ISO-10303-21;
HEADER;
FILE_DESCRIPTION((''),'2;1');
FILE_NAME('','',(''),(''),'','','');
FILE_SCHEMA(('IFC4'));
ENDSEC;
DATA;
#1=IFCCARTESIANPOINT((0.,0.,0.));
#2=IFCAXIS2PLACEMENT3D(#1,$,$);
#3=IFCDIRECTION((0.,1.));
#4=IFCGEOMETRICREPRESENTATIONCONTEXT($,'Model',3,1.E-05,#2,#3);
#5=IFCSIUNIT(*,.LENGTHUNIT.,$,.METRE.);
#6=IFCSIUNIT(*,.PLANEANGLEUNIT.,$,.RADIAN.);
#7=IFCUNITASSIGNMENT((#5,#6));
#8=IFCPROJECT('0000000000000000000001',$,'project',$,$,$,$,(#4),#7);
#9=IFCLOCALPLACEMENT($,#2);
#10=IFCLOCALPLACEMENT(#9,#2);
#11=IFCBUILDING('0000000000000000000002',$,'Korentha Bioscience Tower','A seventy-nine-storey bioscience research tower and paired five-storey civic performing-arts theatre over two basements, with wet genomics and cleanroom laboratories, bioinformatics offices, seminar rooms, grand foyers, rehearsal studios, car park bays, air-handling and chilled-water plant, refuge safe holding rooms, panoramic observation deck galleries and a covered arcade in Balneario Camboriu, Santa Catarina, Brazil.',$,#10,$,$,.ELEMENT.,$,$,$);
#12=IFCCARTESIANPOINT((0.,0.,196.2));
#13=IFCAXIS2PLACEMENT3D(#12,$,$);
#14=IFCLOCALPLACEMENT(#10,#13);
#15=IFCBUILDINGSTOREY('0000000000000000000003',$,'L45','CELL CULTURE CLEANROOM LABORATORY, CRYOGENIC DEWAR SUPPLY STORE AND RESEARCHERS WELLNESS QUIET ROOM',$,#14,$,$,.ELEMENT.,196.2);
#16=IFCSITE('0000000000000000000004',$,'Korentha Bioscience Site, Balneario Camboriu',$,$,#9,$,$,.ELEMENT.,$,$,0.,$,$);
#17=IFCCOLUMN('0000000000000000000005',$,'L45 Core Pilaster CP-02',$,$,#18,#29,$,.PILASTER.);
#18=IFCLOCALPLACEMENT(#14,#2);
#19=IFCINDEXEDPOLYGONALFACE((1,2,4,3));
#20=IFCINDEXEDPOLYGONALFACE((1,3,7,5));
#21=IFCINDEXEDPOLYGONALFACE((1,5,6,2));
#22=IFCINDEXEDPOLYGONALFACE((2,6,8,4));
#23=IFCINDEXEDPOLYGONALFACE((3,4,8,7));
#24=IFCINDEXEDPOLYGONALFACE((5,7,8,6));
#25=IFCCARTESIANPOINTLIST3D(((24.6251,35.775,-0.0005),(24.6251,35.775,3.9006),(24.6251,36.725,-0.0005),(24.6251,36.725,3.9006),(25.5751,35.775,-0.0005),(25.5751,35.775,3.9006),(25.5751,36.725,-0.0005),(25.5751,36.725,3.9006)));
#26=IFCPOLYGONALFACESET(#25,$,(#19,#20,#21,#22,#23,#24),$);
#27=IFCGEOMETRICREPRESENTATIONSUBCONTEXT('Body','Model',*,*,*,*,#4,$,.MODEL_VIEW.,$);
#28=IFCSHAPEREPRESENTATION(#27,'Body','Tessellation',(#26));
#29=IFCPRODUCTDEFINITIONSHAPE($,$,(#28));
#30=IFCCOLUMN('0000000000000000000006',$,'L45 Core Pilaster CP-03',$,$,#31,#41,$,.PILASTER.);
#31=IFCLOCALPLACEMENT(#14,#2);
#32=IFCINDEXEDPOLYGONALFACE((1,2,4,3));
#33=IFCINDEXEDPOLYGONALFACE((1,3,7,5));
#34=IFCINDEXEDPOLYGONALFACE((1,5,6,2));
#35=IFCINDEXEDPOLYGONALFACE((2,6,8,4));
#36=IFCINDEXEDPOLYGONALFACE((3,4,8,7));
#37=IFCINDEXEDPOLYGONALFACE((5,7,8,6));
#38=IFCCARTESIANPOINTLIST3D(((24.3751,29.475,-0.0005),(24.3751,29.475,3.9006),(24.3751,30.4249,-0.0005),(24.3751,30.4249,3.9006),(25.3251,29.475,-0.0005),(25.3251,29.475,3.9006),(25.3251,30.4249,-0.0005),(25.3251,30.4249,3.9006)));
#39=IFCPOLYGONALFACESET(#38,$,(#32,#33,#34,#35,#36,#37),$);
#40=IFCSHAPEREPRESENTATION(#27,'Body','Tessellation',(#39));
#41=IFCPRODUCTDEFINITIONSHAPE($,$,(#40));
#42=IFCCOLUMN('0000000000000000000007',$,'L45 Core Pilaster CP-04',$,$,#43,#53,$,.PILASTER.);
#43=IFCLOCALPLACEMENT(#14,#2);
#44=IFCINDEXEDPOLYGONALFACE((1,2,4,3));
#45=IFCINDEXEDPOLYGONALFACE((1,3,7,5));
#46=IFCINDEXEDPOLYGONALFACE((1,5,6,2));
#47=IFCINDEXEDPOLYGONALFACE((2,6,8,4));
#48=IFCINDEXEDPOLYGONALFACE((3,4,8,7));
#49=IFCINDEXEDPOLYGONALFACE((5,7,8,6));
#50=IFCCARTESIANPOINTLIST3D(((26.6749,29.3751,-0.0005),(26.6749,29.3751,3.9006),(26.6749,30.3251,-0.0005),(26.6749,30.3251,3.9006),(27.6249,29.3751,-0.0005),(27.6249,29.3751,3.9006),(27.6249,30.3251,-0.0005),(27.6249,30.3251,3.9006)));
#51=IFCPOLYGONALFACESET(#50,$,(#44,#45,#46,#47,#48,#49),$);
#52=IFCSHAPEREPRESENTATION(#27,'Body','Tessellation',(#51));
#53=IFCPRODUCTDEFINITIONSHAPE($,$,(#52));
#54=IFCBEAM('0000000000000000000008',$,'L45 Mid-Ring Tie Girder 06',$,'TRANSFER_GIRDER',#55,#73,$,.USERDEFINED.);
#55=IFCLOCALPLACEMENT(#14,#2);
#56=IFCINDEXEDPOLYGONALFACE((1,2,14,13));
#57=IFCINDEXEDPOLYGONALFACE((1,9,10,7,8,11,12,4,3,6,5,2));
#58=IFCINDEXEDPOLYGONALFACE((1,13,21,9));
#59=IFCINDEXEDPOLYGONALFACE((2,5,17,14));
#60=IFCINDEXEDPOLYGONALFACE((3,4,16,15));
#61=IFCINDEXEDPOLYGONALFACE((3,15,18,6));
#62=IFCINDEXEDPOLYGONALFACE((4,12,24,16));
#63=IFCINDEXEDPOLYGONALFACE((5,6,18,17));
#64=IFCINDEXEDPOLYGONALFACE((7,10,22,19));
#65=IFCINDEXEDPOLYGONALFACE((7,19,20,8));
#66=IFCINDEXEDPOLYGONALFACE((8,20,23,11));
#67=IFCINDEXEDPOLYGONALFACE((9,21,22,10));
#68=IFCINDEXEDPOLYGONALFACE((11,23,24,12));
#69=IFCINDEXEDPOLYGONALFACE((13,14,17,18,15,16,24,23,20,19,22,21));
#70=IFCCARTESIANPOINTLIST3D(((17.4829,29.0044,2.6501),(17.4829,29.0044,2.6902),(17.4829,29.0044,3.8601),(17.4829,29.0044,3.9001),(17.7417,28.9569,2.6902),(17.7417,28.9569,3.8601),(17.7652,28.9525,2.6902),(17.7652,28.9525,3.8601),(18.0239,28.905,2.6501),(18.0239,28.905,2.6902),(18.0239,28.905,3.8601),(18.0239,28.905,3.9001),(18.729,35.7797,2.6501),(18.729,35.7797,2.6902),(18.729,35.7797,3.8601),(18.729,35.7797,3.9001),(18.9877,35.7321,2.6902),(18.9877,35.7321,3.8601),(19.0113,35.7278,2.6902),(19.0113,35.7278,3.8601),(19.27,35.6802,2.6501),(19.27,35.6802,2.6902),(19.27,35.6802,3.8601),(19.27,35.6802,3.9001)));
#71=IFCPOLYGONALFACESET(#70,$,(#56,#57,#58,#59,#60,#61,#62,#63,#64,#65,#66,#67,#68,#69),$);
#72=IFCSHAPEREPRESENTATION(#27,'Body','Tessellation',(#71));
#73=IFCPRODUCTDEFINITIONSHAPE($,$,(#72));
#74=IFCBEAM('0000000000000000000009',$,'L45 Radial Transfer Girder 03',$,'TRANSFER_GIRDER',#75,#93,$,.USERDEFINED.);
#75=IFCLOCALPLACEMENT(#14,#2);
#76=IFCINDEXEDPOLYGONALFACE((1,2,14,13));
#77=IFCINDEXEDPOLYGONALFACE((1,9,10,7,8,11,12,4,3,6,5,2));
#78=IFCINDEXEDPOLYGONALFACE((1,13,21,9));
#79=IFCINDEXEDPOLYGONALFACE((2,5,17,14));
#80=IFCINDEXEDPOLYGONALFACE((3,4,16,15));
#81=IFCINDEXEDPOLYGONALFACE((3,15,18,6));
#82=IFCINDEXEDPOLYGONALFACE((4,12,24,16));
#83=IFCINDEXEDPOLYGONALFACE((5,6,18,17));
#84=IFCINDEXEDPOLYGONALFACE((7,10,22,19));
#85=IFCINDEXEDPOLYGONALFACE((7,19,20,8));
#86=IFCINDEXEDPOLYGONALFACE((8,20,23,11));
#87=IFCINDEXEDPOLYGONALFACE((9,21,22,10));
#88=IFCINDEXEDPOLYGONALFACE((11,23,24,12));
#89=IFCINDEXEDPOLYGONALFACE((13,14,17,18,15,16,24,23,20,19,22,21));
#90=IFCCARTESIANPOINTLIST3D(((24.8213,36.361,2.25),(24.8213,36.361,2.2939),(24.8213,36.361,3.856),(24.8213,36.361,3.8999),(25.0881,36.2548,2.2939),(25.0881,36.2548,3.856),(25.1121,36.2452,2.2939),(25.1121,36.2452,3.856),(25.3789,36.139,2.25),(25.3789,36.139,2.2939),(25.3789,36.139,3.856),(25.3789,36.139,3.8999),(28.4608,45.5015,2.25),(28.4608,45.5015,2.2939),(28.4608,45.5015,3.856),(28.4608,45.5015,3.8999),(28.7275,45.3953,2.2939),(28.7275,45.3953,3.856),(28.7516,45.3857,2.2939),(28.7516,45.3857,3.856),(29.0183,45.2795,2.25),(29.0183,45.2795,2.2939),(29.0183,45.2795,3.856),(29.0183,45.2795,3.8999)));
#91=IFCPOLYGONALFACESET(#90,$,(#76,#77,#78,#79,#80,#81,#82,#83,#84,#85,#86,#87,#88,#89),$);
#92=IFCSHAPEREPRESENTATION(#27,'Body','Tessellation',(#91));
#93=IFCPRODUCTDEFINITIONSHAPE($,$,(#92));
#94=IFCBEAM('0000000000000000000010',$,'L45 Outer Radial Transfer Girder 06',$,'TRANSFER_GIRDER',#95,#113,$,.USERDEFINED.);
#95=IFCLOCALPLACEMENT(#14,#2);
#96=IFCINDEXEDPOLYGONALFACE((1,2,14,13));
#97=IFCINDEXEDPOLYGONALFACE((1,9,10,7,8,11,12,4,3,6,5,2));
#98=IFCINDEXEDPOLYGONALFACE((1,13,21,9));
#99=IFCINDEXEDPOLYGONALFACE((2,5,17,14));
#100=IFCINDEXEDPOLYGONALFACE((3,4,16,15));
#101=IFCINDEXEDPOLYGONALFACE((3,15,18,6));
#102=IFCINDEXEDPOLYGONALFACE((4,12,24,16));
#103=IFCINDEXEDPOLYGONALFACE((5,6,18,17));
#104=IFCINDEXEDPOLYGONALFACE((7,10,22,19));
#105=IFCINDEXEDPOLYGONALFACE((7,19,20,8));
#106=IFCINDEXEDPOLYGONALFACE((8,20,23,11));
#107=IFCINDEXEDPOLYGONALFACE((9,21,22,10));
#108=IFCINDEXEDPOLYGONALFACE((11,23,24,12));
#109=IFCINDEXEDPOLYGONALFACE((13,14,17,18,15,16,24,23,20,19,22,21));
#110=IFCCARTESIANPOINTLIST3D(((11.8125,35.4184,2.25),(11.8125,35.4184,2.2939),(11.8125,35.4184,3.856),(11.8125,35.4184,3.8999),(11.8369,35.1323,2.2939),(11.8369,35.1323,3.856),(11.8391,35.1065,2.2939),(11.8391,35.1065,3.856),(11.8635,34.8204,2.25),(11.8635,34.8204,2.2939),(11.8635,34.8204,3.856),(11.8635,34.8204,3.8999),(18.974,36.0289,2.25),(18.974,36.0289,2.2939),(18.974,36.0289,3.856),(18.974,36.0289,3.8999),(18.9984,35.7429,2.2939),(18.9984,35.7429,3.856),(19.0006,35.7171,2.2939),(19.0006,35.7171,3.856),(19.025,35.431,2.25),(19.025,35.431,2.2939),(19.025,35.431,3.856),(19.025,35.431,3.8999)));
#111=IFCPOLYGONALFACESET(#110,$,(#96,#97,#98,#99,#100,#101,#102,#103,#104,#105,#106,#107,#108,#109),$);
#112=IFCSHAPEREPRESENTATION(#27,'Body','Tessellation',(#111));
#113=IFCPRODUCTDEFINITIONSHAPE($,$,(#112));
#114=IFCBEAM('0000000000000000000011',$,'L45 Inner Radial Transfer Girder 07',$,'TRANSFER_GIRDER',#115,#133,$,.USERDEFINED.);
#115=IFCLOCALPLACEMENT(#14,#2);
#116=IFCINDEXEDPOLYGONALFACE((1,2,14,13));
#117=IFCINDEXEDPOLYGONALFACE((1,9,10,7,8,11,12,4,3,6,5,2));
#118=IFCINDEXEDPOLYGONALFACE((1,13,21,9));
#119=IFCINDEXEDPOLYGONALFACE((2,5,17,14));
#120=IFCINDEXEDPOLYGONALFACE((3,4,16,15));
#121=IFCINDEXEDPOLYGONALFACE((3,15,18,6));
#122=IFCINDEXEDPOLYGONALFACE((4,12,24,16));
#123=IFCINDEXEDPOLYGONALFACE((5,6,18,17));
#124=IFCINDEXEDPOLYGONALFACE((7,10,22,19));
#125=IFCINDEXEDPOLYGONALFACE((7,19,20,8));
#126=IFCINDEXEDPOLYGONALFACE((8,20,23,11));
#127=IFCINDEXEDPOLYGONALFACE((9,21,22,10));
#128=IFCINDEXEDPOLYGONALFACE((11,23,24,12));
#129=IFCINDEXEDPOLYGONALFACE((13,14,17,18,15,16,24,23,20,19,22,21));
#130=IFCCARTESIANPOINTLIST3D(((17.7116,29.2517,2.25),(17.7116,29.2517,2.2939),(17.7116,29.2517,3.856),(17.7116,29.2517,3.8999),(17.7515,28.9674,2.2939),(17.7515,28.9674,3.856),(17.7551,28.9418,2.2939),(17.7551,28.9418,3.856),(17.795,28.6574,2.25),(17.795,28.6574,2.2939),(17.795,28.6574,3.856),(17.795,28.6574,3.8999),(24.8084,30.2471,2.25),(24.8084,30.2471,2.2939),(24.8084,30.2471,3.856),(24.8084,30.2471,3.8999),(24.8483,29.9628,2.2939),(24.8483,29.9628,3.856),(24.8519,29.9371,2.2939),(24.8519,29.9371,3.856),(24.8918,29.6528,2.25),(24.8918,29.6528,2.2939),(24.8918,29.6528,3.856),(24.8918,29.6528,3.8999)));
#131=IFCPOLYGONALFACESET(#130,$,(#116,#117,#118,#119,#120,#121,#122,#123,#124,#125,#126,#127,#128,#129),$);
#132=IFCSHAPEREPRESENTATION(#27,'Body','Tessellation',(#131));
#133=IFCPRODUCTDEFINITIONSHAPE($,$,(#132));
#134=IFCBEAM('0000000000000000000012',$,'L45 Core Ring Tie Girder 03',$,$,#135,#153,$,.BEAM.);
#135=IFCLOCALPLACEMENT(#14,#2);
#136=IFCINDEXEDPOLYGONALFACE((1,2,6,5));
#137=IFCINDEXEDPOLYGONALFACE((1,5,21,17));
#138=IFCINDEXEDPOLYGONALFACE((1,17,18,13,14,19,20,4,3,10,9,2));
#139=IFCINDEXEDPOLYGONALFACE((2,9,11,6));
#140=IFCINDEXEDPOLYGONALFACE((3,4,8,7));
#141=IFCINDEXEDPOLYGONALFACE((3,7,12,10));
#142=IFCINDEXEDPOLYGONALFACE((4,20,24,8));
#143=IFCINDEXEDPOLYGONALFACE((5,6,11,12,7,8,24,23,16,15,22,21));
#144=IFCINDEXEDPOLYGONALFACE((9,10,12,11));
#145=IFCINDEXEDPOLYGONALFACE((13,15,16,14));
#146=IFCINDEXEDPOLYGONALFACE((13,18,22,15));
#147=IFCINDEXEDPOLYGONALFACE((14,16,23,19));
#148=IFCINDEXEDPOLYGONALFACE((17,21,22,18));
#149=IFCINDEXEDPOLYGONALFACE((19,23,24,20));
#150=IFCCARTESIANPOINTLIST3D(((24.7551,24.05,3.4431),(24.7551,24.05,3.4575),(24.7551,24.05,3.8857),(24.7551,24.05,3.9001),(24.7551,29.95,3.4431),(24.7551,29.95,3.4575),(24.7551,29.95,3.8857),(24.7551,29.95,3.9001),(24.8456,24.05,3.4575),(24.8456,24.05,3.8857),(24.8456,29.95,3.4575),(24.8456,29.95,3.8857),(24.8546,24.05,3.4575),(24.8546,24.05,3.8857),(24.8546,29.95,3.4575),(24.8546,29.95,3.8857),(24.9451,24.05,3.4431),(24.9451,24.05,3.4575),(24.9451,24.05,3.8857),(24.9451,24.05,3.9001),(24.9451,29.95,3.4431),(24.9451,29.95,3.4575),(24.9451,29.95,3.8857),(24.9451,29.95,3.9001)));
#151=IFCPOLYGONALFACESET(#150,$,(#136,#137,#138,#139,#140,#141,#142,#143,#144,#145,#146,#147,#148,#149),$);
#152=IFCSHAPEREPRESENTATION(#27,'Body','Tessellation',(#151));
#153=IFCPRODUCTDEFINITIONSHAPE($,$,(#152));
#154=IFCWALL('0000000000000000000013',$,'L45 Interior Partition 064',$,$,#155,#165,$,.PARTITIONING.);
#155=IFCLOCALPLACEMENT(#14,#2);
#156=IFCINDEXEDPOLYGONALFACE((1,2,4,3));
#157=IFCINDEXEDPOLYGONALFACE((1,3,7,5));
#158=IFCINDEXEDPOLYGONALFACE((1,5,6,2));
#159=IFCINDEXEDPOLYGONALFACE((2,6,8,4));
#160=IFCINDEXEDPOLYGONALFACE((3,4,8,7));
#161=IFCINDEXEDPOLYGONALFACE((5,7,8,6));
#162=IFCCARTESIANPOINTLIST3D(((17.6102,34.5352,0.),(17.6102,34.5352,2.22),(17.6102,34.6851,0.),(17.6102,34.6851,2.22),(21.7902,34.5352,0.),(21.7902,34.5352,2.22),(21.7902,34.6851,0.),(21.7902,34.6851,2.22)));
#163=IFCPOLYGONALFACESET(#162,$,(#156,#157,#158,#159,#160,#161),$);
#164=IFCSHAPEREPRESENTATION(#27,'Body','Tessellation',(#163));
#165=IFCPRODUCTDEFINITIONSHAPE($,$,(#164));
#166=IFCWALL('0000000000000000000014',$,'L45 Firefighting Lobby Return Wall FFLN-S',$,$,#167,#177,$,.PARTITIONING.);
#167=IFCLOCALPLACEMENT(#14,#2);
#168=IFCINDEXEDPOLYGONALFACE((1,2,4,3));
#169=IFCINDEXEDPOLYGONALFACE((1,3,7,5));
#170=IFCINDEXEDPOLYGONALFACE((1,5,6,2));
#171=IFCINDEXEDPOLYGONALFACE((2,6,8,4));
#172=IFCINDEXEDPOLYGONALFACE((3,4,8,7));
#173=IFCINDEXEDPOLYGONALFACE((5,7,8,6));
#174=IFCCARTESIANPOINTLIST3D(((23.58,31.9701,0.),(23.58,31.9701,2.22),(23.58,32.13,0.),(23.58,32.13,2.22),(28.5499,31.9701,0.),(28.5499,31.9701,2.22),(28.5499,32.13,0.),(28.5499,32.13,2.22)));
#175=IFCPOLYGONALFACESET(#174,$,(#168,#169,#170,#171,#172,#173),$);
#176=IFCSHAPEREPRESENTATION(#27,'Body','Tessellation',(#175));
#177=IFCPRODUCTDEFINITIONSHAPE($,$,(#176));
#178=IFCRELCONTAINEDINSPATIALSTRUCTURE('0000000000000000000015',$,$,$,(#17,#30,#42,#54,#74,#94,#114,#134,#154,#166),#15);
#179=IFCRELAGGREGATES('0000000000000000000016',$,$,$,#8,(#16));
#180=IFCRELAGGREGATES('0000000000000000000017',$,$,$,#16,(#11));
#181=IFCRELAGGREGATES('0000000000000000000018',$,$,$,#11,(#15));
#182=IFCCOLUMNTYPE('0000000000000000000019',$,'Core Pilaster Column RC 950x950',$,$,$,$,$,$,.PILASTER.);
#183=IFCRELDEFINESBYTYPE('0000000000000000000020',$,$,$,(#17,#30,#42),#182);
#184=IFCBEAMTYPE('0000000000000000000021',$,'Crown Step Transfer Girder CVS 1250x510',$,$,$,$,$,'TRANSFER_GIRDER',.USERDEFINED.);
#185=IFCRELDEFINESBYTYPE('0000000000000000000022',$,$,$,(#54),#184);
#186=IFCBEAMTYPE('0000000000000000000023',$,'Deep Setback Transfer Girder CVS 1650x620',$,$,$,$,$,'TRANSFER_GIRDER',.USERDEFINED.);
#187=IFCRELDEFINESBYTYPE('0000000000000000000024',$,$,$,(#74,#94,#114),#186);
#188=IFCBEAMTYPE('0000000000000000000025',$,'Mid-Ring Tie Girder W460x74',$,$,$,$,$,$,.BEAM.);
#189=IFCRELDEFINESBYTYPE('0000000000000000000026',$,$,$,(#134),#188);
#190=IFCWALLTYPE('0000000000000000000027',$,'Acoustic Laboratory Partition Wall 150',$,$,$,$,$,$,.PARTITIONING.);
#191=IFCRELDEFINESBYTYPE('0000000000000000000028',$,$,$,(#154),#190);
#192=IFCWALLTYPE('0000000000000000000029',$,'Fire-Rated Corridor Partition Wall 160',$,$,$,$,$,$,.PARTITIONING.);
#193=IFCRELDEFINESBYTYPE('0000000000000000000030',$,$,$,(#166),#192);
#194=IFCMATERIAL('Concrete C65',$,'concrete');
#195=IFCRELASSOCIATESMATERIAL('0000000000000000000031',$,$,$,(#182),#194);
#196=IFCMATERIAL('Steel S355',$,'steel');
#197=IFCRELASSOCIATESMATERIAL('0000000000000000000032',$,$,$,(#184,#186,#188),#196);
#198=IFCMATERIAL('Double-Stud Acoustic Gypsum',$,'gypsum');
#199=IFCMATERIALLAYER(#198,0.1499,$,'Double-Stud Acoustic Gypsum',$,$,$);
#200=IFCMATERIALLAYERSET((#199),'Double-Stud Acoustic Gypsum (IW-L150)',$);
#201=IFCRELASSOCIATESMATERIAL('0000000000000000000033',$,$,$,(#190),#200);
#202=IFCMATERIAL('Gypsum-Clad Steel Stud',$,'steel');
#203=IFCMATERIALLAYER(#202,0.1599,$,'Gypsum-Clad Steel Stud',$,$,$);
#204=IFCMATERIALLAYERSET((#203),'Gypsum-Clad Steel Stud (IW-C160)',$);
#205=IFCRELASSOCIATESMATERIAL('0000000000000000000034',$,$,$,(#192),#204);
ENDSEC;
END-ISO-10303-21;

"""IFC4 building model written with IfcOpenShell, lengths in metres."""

from ifc_helpers import new_model, si_unit, direction, frame, frame_2d, origin, origin_2d, place, context, subcontext, project, spatial, rectangle, i_section, extrude, material, layer, layer_set, material_profile, profile_set, type_object, element, save


model = new_model("IFC4")

# Units and contexts
model_context = context("Model", 3, precision=1e-05, world=origin(), true_north=direction((0.0, 1.0)))
body_context = subcontext(model_context, "Body", "Model", "MODEL_VIEW")
ifc_project = project(units=[si_unit("LENGTHUNIT", "METRE"), si_unit("PLANEANGLEUNIT", "RADIAN")], contexts=[model_context])

# Site, building, storey
site_placement = place(None, origin())
site = spatial("IfcSite", under=ifc_project, at=site_placement, Name="Korentha Bioscience Site, Balneario Camboriu", CompositionType="ELEMENT", RefElevation=0.0)
building_placement = place(site_placement, origin())
building = spatial("IfcBuilding", under=site, at=building_placement, Name="Korentha Bioscience Tower", Description="A seventy-nine-storey bioscience research tower and paired five-storey civic performing-arts theatre over two basements, with wet genomics and cleanroom laboratories, bioinformatics offices, seminar rooms, grand foyers, rehearsal studios, car park bays, air-handling and chilled-water plant, refuge safe holding rooms, panoramic observation deck galleries and a covered arcade in Balneario Camboriu, Santa Catarina, Brazil.", CompositionType="ELEMENT")
storey_placement = place(building_placement, frame((0.0, 0.0, 196.2)))
storey = spatial("IfcBuildingStorey", under=building, at=storey_placement, Name="L45", Description="CELL CULTURE CLEANROOM LABORATORY, CRYOGENIC DEWAR SUPPLY STORE AND RESEARCHERS WELLNESS QUIET ROOM", CompositionType="ELEMENT", Elevation=196.2)

# Columns
ifc_material_1 = material(Name="Concrete C65", Category="concrete")
ifc_material_profile_1 = material_profile(ifc_material_1, rectangle(XDim=0.95, YDim=0.95, at=origin_2d()), Name="Concrete C65")
ifc_profile_set_1 = profile_set([ifc_material_profile_1], Name="Concrete C65 (COL-CP09)")
column_type = type_object("IfcColumnType", Name="Core Pilaster Column RC 950x950", PredefinedType="PILASTER", material=ifc_profile_set_1)
for number, where, z_axis, x_axis, name in (
    (1, (25.1001, 36.25, -0.0005), (0.0, 0.0, 1.0), (1.0, 0.0, 0.0), "L45 Core Pilaster CP-02"),
    (2, (24.8501, 29.95, -0.0005), (0.0, 0.0, 1.0), (1.0, 0.0, 0.0), "L45 Core Pilaster CP-03"),
    (3, (27.1499, 29.8501, -0.0005), (0.0, 0.0, 1.0), (1.0, 0.0, 0.0), "L45 Core Pilaster CP-04"),
):
    element("IfcColumn", number, at=place(storey_placement, frame(where, z_axis=z_axis, x_axis=x_axis)), inside=storey, type_object=column_type, Name=name, PredefinedType="PILASTER", context=body_context, shape_type="SweptSolid", body=[
        extrude(rectangle(XDim=0.95, YDim=0.95, at=origin_2d()), origin(), (0.0, 0.0, 1.0), 3.9011),
    ])

# Beams
ifc_material_2 = material(Name="Steel S355", Category="steel")
ifc_material_profile_2 = material_profile(ifc_material_2, i_section(OverallWidth=0.55, OverallDepth=1.25, WebThickness=0.0239, FlangeThickness=0.04, at=origin_2d()), Name="Steel S355")
ifc_profile_set_2 = profile_set([ifc_material_profile_2], Name="Steel S355 (TG-03)")
beam_type_1 = type_object("IfcBeamType", Name="Crown Step Transfer Girder CVS 1250x510", ElementType="TRANSFER_GIRDER", PredefinedType="USERDEFINED", material=ifc_profile_set_2)
beam_1_placement = place(storey_placement, frame((18.9995, 35.73, 3.2751), z_axis=(-0.180881, -0.983505, 0.0), x_axis=(0.983505, -0.180881, 0.0)))
element("IfcBeam", 4, at=beam_1_placement, inside=storey, type_object=beam_type_1, Name="L45 Mid-Ring Tie Girder 06", ObjectType="TRANSFER_GIRDER", PredefinedType="USERDEFINED", context=body_context, shape_type="SweptSolid", body=[
    extrude(i_section(OverallWidth=0.55, OverallDepth=1.25, WebThickness=0.0239, FlangeThickness=0.04, at=origin_2d()), origin(), (0.0, 0.0, 1.0), 6.8889),
])
ifc_material_profile_3 = material_profile(ifc_material_2, i_section(OverallWidth=0.6001, OverallDepth=1.6499, WebThickness=0.0259, FlangeThickness=0.0439, at=origin_2d()), Name="Steel S355")
ifc_profile_set_3 = profile_set([ifc_material_profile_3], Name="Steel S355 (TG-04)")
beam_type_2 = type_object("IfcBeamType", Name="Deep Setback Transfer Girder CVS 1650x620", ElementType="TRANSFER_GIRDER", PredefinedType="USERDEFINED", material=ifc_profile_set_3)
beam_2_placement = place(storey_placement, frame((25.1001, 36.25, 3.075), z_axis=(0.369923, 0.929063, 0.0), x_axis=(-0.929063, 0.369923, 0.0)))
element("IfcBeam", 5, at=beam_2_placement, inside=storey, type_object=beam_type_2, Name="L45 Radial Transfer Girder 03", ObjectType="TRANSFER_GIRDER", PredefinedType="USERDEFINED", context=body_context, shape_type="SweptSolid", body=[
    extrude(i_section(OverallWidth=0.6001, OverallDepth=1.6499, WebThickness=0.0259, FlangeThickness=0.0439, at=origin_2d()), origin(), (0.0, 0.0, 1.0), 9.8384),
])
beam_3_placement = place(storey_placement, frame((18.9995, 35.73, 3.075), z_axis=(-0.996385, -0.084951, 0.0), x_axis=(0.084951, -0.996385, 0.0)))
element("IfcBeam", 6, at=beam_3_placement, inside=storey, type_object=beam_type_2, Name="L45 Outer Radial Transfer Girder 06", ObjectType="TRANSFER_GIRDER", PredefinedType="USERDEFINED", context=body_context, shape_type="SweptSolid", body=[
    extrude(i_section(OverallWidth=0.6001, OverallDepth=1.6499, WebThickness=0.0259, FlangeThickness=0.0439, at=origin_2d()), origin(), (0.0, 0.0, 1.0), 7.1875),
])
beam_4_placement = place(storey_placement, frame((24.8501, 29.95, 3.075), z_axis=(-0.990307, -0.138898, 0.0), x_axis=(0.138898, -0.990307, 0.0)))
element("IfcBeam", 7, at=beam_4_placement, inside=storey, type_object=beam_type_2, Name="L45 Inner Radial Transfer Girder 07", ObjectType="TRANSFER_GIRDER", PredefinedType="USERDEFINED", context=body_context, shape_type="SweptSolid", body=[
    extrude(i_section(OverallWidth=0.6001, OverallDepth=1.6499, WebThickness=0.0259, FlangeThickness=0.0439, at=origin_2d()), origin(), (0.0, 0.0, 1.0), 7.1663),
])
ifc_material_profile_4 = material_profile(ifc_material_2, i_section(OverallWidth=0.1899, OverallDepth=0.457, WebThickness=0.009, FlangeThickness=0.0144, at=origin_2d()), Name="Steel S355")
ifc_profile_set_4 = profile_set([ifc_material_profile_4], Name="Steel S355 (MB-460)")
beam_type_3 = type_object("IfcBeamType", Name="Mid-Ring Tie Girder W460x74", PredefinedType="BEAM", material=ifc_profile_set_4)
beam_5_placement = place(storey_placement, frame((24.8501, 29.95, 3.6716), z_axis=(0.0, -1.0, 0.0), x_axis=(1.0, 0.0, 0.0)))
element("IfcBeam", 8, at=beam_5_placement, inside=storey, type_object=beam_type_3, Name="L45 Core Ring Tie Girder 03", PredefinedType="BEAM", context=body_context, shape_type="SweptSolid", body=[
    extrude(i_section(OverallWidth=0.1899, OverallDepth=0.457, WebThickness=0.009, FlangeThickness=0.0144, at=origin_2d()), origin(), (0.0, 0.0, 1.0), 5.8999),
])

# Wall
ifc_material_3 = material(Name="Double-Stud Acoustic Gypsum", Category="gypsum")
ifc_layer_1 = layer(ifc_material_3, 0.1499, Name="Double-Stud Acoustic Gypsum")
ifc_layer_set_1 = layer_set([ifc_layer_1], Name="Double-Stud Acoustic Gypsum (IW-L150)")
wall_type_1 = type_object("IfcWallType", Name="Acoustic Laboratory Partition Wall 150", PredefinedType="PARTITIONING", material=ifc_layer_set_1)
wall_1_placement = place(storey_placement, frame((21.79, 34.6101, 0.0), z_axis=(0.0, 0.0, 1.0), x_axis=(-1.0, 0.0, 0.0)))
element("IfcWall", 9, at=wall_1_placement, inside=storey, type_object=wall_type_1, Name="L45 Interior Partition 064", PredefinedType="PARTITIONING", context=body_context, shape_type="SweptSolid", body=[
    extrude(rectangle(XDim=4.1799, YDim=0.1499, at=frame_2d((2.0898, 0.0))), origin(), (0.0, 0.0, 1.0), 2.22),
])

# Shared definitions
ifc_material_4 = material(Name="Gypsum-Clad Steel Stud", Category="steel")
ifc_layer_2 = layer(ifc_material_4, 0.1599, Name="Gypsum-Clad Steel Stud")
ifc_layer_set_2 = layer_set([ifc_layer_2], Name="Gypsum-Clad Steel Stud (IW-C160)")
wall_type_2 = type_object("IfcWallType", Name="Fire-Rated Corridor Partition Wall 160", PredefinedType="PARTITIONING", material=ifc_layer_set_2)

# Wall
wall_2_placement = place(storey_placement, frame((23.5801, 32.05, 0.0), z_axis=(0.0, 0.0, 1.0), x_axis=(1.0, 0.0, 0.0)))
element("IfcWall", 10, at=wall_2_placement, inside=storey, type_object=wall_type_2, Name="L45 Firefighting Lobby Return Wall FFLN-S", PredefinedType="PARTITIONING", context=body_context, shape_type="SweptSolid", body=[
    extrude(rectangle(XDim=4.97, YDim=0.1599, at=frame_2d((2.4849, 0.0))), origin(), (0.0, 0.0, 1.0), 2.22),
])

save(model, "model.ifc")
